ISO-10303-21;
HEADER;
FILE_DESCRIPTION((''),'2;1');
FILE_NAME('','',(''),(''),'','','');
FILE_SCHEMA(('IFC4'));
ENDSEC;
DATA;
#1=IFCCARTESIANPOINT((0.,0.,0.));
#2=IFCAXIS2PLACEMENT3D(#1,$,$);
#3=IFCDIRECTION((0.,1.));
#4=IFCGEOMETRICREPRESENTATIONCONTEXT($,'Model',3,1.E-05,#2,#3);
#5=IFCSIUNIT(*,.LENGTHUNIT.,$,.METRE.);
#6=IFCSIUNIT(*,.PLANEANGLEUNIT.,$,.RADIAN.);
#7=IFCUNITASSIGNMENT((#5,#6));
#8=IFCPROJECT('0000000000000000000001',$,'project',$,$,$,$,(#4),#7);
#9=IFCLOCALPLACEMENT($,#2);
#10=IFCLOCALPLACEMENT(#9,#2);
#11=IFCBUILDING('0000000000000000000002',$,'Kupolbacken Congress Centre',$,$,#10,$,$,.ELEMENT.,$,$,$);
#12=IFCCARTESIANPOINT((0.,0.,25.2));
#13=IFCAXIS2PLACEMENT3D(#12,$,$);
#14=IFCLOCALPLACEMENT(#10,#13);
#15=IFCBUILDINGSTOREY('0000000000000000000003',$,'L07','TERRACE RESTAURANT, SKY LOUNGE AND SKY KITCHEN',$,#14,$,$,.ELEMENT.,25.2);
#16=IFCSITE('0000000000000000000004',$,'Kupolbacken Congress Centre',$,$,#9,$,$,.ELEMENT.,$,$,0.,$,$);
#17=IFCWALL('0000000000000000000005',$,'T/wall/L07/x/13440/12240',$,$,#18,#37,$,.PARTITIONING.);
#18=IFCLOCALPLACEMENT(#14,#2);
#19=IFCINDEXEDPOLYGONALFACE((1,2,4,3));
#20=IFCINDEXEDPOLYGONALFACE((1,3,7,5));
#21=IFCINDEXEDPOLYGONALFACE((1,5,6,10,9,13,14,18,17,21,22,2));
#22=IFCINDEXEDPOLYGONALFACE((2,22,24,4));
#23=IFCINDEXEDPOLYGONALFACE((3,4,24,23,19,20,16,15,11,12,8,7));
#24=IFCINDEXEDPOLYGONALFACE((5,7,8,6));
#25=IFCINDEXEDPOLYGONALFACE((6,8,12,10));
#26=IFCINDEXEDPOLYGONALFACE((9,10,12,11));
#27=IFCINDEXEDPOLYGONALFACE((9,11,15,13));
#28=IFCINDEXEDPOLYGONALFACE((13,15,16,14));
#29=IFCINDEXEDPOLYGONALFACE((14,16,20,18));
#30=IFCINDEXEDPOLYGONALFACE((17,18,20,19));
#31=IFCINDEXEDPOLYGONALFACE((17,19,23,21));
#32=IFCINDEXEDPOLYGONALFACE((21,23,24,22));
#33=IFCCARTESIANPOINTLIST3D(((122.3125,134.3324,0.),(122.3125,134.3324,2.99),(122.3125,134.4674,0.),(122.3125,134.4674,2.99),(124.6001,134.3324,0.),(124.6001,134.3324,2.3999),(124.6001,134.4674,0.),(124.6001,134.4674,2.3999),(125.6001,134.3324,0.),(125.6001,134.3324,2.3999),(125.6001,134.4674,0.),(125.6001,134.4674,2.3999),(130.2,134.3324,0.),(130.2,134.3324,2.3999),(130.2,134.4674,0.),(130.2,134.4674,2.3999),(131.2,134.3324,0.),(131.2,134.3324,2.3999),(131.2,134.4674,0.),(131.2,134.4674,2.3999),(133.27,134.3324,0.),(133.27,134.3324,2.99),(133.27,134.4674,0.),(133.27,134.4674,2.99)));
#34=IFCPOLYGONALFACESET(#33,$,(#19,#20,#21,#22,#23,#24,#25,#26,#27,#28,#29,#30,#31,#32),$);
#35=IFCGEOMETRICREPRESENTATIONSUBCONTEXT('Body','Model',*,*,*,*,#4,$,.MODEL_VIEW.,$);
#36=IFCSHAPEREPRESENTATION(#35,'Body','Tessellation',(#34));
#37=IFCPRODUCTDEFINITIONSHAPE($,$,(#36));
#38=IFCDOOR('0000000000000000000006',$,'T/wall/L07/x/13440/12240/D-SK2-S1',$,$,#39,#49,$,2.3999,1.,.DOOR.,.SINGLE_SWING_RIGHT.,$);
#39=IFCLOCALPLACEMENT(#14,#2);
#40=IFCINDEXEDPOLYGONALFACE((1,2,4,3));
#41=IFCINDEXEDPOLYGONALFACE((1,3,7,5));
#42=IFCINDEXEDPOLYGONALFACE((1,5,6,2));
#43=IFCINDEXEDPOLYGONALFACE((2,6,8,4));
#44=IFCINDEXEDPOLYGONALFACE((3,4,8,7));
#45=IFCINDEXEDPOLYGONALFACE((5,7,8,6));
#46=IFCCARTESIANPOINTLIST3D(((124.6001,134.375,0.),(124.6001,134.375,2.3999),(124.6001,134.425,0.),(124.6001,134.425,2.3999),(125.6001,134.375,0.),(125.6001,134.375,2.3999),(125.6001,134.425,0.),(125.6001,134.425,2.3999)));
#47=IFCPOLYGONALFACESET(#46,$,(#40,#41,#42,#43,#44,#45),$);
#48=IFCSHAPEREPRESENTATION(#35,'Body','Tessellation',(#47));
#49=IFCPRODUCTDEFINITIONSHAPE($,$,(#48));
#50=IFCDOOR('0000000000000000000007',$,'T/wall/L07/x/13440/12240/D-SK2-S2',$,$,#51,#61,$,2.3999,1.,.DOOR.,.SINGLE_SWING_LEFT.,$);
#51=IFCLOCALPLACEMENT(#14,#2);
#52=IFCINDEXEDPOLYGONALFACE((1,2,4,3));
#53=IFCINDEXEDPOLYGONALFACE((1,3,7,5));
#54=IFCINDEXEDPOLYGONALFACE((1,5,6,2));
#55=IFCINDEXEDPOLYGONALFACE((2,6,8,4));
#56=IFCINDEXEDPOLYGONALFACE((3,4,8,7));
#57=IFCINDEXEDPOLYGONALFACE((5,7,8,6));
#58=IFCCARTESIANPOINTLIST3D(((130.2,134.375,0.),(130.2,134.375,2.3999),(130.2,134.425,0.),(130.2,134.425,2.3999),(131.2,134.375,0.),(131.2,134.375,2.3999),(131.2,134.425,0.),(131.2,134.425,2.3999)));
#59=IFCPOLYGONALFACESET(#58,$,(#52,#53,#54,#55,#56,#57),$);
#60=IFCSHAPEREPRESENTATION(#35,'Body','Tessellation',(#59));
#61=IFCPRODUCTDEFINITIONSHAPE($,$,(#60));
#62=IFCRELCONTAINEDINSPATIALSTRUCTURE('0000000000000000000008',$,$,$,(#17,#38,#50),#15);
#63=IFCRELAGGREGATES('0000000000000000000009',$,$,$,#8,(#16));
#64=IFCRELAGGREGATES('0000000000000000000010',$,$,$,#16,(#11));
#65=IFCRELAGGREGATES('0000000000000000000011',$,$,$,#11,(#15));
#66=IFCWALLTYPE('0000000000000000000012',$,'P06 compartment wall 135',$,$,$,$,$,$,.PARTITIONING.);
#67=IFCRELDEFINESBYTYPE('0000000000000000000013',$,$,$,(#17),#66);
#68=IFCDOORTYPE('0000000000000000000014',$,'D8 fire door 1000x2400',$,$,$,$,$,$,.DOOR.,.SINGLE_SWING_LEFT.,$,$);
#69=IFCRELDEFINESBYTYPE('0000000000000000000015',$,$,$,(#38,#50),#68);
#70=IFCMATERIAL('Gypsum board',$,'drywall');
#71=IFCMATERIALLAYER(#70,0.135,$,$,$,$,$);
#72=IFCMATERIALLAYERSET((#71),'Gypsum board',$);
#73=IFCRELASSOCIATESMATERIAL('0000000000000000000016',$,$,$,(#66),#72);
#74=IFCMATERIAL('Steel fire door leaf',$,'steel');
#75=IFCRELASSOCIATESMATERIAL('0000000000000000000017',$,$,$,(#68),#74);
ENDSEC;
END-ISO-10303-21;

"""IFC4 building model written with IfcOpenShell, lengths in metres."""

from ifc_helpers import new_model, si_unit, direction, frame, frame_2d, origin, place, context, subcontext, project, spatial, rectangle, extrude, material, layer, layer_set, type_object, element, fill, save


model = new_model("IFC4")

# Units and contexts
model_context = context("Model", 3, precision=1e-05, world=origin(), true_north=direction((0.0, 1.0)))
body_context = subcontext(model_context, "Body", "Model", "MODEL_VIEW")
ifc_project = project(units=[si_unit("LENGTHUNIT", "METRE"), si_unit("PLANEANGLEUNIT", "RADIAN")], contexts=[model_context])

# Site, building, storey
site_placement = place(None, origin())
site = spatial("IfcSite", under=ifc_project, at=site_placement, Name="Kupolbacken Congress Centre", CompositionType="ELEMENT", RefElevation=0.0)
building_placement = place(site_placement, origin())
building = spatial("IfcBuilding", under=site, at=building_placement, Name="Kupolbacken Congress Centre", CompositionType="ELEMENT")
storey_placement = place(building_placement, frame((0.0, 0.0, 25.2)))
storey = spatial("IfcBuildingStorey", under=building, at=storey_placement, Name="L07", Description="TERRACE RESTAURANT, SKY LOUNGE AND SKY KITCHEN", CompositionType="ELEMENT", Elevation=25.2)

# Wall, openings, doors
ifc_material_1 = material(Name="Gypsum board", Category="drywall")
ifc_layer_1 = layer(ifc_material_1, 0.135)
ifc_layer_set_1 = layer_set([ifc_layer_1], Name="Gypsum board")
wall_type = type_object("IfcWallType", Name="P06 compartment wall 135", PredefinedType="PARTITIONING", material=ifc_layer_set_1)
wall_placement = place(storey_placement, frame((122.3125, 134.3999, 0.0), z_axis=(0.0, 0.0, 1.0), x_axis=(1.0, 0.0, 0.0)))
wall = element("IfcWall", 1, at=wall_placement, inside=storey, type_object=wall_type, Name="T/wall/L07/x/13440/12240", PredefinedType="PARTITIONING", context=body_context, shape_type="SweptSolid", body=[
    extrude(rectangle(XDim=10.9575, YDim=0.135, at=frame_2d((5.4788, 0.0))), origin(), (0.0, 0.0, 1.0), 2.99),
])
opening_1_placement = place(wall_placement, frame((2.2876, 0.0, 0.0)))
opening_1 = element("IfcOpeningElement", 2, at=opening_1_placement, cuts=wall, PredefinedType="OPENING", context=body_context, shape_type="SweptSolid", body=[
    extrude(rectangle(XDim=1.0, YDim=2.3999, at=frame_2d((0.5, 1.2))), frame((0.0, 0.0774, 0.0), z_axis=(0.0, -1.0, 0.0), x_axis=(1.0, 0.0, 0.0)), (0.0, 0.0, 1.0), 0.155),
])
opening_2_placement = place(wall_placement, frame((7.8875, 0.0, 0.0)))
opening_2 = element("IfcOpeningElement", 3, at=opening_2_placement, cuts=wall, PredefinedType="OPENING", context=body_context, shape_type="SweptSolid", body=[
    extrude(rectangle(XDim=1.0, YDim=2.3999, at=frame_2d((0.5, 1.2))), frame((0.0, 0.0774, 0.0), z_axis=(0.0, -1.0, 0.0), x_axis=(1.0, 0.0, 0.0)), (0.0, 0.0, 1.0), 0.155),
])
ifc_material_2 = material(Name="Steel fire door leaf", Category="steel")
door_type = type_object("IfcDoorType", Name="D8 fire door 1000x2400", OperationType="SINGLE_SWING_LEFT", PredefinedType="DOOR", material=ifc_material_2)
door_1_placement = place(opening_1_placement, frame((1.0, 0.0, 0.0), z_axis=(0.0, 0.0, 1.0), x_axis=(-1.0, 0.0, 0.0)))
door_1 = element("IfcDoor", 4, at=door_1_placement, inside=storey, type_object=door_type, Name="T/wall/L07/x/13440/12240/D-SK2-S1", OperationType="SINGLE_SWING_RIGHT", OverallHeight=2.3999, OverallWidth=1.0, PredefinedType="DOOR", context=body_context, shape_type="SweptSolid", body=[
    extrude(rectangle(XDim=1.0, YDim=2.3999, at=frame_2d((0.5, 1.2))), frame((0.0, 0.0249, 0.0), z_axis=(0.0, -1.0, 0.0), x_axis=(1.0, 0.0, 0.0)), (0.0, 0.0, 1.0), 0.05),
])
fill(opening_1, door_1)
door_2_placement = place(opening_2_placement, frame((1.0, 0.0, 0.0), z_axis=(0.0, 0.0, 1.0), x_axis=(-1.0, 0.0, 0.0)))
door_2 = element("IfcDoor", 5, at=door_2_placement, inside=storey, type_object=door_type, Name="T/wall/L07/x/13440/12240/D-SK2-S2", OperationType="SINGLE_SWING_LEFT", OverallHeight=2.3999, OverallWidth=1.0, PredefinedType="DOOR", context=body_context, shape_type="SweptSolid", body=[
    extrude(rectangle(XDim=1.0, YDim=2.3999, at=frame_2d((0.5, 1.2))), frame((0.0, 0.0249, 0.0), z_axis=(0.0, -1.0, 0.0), x_axis=(1.0, 0.0, 0.0)), (0.0, 0.0, 1.0), 0.05),
])
fill(opening_2, door_2)

save(model, "model.ifc")
